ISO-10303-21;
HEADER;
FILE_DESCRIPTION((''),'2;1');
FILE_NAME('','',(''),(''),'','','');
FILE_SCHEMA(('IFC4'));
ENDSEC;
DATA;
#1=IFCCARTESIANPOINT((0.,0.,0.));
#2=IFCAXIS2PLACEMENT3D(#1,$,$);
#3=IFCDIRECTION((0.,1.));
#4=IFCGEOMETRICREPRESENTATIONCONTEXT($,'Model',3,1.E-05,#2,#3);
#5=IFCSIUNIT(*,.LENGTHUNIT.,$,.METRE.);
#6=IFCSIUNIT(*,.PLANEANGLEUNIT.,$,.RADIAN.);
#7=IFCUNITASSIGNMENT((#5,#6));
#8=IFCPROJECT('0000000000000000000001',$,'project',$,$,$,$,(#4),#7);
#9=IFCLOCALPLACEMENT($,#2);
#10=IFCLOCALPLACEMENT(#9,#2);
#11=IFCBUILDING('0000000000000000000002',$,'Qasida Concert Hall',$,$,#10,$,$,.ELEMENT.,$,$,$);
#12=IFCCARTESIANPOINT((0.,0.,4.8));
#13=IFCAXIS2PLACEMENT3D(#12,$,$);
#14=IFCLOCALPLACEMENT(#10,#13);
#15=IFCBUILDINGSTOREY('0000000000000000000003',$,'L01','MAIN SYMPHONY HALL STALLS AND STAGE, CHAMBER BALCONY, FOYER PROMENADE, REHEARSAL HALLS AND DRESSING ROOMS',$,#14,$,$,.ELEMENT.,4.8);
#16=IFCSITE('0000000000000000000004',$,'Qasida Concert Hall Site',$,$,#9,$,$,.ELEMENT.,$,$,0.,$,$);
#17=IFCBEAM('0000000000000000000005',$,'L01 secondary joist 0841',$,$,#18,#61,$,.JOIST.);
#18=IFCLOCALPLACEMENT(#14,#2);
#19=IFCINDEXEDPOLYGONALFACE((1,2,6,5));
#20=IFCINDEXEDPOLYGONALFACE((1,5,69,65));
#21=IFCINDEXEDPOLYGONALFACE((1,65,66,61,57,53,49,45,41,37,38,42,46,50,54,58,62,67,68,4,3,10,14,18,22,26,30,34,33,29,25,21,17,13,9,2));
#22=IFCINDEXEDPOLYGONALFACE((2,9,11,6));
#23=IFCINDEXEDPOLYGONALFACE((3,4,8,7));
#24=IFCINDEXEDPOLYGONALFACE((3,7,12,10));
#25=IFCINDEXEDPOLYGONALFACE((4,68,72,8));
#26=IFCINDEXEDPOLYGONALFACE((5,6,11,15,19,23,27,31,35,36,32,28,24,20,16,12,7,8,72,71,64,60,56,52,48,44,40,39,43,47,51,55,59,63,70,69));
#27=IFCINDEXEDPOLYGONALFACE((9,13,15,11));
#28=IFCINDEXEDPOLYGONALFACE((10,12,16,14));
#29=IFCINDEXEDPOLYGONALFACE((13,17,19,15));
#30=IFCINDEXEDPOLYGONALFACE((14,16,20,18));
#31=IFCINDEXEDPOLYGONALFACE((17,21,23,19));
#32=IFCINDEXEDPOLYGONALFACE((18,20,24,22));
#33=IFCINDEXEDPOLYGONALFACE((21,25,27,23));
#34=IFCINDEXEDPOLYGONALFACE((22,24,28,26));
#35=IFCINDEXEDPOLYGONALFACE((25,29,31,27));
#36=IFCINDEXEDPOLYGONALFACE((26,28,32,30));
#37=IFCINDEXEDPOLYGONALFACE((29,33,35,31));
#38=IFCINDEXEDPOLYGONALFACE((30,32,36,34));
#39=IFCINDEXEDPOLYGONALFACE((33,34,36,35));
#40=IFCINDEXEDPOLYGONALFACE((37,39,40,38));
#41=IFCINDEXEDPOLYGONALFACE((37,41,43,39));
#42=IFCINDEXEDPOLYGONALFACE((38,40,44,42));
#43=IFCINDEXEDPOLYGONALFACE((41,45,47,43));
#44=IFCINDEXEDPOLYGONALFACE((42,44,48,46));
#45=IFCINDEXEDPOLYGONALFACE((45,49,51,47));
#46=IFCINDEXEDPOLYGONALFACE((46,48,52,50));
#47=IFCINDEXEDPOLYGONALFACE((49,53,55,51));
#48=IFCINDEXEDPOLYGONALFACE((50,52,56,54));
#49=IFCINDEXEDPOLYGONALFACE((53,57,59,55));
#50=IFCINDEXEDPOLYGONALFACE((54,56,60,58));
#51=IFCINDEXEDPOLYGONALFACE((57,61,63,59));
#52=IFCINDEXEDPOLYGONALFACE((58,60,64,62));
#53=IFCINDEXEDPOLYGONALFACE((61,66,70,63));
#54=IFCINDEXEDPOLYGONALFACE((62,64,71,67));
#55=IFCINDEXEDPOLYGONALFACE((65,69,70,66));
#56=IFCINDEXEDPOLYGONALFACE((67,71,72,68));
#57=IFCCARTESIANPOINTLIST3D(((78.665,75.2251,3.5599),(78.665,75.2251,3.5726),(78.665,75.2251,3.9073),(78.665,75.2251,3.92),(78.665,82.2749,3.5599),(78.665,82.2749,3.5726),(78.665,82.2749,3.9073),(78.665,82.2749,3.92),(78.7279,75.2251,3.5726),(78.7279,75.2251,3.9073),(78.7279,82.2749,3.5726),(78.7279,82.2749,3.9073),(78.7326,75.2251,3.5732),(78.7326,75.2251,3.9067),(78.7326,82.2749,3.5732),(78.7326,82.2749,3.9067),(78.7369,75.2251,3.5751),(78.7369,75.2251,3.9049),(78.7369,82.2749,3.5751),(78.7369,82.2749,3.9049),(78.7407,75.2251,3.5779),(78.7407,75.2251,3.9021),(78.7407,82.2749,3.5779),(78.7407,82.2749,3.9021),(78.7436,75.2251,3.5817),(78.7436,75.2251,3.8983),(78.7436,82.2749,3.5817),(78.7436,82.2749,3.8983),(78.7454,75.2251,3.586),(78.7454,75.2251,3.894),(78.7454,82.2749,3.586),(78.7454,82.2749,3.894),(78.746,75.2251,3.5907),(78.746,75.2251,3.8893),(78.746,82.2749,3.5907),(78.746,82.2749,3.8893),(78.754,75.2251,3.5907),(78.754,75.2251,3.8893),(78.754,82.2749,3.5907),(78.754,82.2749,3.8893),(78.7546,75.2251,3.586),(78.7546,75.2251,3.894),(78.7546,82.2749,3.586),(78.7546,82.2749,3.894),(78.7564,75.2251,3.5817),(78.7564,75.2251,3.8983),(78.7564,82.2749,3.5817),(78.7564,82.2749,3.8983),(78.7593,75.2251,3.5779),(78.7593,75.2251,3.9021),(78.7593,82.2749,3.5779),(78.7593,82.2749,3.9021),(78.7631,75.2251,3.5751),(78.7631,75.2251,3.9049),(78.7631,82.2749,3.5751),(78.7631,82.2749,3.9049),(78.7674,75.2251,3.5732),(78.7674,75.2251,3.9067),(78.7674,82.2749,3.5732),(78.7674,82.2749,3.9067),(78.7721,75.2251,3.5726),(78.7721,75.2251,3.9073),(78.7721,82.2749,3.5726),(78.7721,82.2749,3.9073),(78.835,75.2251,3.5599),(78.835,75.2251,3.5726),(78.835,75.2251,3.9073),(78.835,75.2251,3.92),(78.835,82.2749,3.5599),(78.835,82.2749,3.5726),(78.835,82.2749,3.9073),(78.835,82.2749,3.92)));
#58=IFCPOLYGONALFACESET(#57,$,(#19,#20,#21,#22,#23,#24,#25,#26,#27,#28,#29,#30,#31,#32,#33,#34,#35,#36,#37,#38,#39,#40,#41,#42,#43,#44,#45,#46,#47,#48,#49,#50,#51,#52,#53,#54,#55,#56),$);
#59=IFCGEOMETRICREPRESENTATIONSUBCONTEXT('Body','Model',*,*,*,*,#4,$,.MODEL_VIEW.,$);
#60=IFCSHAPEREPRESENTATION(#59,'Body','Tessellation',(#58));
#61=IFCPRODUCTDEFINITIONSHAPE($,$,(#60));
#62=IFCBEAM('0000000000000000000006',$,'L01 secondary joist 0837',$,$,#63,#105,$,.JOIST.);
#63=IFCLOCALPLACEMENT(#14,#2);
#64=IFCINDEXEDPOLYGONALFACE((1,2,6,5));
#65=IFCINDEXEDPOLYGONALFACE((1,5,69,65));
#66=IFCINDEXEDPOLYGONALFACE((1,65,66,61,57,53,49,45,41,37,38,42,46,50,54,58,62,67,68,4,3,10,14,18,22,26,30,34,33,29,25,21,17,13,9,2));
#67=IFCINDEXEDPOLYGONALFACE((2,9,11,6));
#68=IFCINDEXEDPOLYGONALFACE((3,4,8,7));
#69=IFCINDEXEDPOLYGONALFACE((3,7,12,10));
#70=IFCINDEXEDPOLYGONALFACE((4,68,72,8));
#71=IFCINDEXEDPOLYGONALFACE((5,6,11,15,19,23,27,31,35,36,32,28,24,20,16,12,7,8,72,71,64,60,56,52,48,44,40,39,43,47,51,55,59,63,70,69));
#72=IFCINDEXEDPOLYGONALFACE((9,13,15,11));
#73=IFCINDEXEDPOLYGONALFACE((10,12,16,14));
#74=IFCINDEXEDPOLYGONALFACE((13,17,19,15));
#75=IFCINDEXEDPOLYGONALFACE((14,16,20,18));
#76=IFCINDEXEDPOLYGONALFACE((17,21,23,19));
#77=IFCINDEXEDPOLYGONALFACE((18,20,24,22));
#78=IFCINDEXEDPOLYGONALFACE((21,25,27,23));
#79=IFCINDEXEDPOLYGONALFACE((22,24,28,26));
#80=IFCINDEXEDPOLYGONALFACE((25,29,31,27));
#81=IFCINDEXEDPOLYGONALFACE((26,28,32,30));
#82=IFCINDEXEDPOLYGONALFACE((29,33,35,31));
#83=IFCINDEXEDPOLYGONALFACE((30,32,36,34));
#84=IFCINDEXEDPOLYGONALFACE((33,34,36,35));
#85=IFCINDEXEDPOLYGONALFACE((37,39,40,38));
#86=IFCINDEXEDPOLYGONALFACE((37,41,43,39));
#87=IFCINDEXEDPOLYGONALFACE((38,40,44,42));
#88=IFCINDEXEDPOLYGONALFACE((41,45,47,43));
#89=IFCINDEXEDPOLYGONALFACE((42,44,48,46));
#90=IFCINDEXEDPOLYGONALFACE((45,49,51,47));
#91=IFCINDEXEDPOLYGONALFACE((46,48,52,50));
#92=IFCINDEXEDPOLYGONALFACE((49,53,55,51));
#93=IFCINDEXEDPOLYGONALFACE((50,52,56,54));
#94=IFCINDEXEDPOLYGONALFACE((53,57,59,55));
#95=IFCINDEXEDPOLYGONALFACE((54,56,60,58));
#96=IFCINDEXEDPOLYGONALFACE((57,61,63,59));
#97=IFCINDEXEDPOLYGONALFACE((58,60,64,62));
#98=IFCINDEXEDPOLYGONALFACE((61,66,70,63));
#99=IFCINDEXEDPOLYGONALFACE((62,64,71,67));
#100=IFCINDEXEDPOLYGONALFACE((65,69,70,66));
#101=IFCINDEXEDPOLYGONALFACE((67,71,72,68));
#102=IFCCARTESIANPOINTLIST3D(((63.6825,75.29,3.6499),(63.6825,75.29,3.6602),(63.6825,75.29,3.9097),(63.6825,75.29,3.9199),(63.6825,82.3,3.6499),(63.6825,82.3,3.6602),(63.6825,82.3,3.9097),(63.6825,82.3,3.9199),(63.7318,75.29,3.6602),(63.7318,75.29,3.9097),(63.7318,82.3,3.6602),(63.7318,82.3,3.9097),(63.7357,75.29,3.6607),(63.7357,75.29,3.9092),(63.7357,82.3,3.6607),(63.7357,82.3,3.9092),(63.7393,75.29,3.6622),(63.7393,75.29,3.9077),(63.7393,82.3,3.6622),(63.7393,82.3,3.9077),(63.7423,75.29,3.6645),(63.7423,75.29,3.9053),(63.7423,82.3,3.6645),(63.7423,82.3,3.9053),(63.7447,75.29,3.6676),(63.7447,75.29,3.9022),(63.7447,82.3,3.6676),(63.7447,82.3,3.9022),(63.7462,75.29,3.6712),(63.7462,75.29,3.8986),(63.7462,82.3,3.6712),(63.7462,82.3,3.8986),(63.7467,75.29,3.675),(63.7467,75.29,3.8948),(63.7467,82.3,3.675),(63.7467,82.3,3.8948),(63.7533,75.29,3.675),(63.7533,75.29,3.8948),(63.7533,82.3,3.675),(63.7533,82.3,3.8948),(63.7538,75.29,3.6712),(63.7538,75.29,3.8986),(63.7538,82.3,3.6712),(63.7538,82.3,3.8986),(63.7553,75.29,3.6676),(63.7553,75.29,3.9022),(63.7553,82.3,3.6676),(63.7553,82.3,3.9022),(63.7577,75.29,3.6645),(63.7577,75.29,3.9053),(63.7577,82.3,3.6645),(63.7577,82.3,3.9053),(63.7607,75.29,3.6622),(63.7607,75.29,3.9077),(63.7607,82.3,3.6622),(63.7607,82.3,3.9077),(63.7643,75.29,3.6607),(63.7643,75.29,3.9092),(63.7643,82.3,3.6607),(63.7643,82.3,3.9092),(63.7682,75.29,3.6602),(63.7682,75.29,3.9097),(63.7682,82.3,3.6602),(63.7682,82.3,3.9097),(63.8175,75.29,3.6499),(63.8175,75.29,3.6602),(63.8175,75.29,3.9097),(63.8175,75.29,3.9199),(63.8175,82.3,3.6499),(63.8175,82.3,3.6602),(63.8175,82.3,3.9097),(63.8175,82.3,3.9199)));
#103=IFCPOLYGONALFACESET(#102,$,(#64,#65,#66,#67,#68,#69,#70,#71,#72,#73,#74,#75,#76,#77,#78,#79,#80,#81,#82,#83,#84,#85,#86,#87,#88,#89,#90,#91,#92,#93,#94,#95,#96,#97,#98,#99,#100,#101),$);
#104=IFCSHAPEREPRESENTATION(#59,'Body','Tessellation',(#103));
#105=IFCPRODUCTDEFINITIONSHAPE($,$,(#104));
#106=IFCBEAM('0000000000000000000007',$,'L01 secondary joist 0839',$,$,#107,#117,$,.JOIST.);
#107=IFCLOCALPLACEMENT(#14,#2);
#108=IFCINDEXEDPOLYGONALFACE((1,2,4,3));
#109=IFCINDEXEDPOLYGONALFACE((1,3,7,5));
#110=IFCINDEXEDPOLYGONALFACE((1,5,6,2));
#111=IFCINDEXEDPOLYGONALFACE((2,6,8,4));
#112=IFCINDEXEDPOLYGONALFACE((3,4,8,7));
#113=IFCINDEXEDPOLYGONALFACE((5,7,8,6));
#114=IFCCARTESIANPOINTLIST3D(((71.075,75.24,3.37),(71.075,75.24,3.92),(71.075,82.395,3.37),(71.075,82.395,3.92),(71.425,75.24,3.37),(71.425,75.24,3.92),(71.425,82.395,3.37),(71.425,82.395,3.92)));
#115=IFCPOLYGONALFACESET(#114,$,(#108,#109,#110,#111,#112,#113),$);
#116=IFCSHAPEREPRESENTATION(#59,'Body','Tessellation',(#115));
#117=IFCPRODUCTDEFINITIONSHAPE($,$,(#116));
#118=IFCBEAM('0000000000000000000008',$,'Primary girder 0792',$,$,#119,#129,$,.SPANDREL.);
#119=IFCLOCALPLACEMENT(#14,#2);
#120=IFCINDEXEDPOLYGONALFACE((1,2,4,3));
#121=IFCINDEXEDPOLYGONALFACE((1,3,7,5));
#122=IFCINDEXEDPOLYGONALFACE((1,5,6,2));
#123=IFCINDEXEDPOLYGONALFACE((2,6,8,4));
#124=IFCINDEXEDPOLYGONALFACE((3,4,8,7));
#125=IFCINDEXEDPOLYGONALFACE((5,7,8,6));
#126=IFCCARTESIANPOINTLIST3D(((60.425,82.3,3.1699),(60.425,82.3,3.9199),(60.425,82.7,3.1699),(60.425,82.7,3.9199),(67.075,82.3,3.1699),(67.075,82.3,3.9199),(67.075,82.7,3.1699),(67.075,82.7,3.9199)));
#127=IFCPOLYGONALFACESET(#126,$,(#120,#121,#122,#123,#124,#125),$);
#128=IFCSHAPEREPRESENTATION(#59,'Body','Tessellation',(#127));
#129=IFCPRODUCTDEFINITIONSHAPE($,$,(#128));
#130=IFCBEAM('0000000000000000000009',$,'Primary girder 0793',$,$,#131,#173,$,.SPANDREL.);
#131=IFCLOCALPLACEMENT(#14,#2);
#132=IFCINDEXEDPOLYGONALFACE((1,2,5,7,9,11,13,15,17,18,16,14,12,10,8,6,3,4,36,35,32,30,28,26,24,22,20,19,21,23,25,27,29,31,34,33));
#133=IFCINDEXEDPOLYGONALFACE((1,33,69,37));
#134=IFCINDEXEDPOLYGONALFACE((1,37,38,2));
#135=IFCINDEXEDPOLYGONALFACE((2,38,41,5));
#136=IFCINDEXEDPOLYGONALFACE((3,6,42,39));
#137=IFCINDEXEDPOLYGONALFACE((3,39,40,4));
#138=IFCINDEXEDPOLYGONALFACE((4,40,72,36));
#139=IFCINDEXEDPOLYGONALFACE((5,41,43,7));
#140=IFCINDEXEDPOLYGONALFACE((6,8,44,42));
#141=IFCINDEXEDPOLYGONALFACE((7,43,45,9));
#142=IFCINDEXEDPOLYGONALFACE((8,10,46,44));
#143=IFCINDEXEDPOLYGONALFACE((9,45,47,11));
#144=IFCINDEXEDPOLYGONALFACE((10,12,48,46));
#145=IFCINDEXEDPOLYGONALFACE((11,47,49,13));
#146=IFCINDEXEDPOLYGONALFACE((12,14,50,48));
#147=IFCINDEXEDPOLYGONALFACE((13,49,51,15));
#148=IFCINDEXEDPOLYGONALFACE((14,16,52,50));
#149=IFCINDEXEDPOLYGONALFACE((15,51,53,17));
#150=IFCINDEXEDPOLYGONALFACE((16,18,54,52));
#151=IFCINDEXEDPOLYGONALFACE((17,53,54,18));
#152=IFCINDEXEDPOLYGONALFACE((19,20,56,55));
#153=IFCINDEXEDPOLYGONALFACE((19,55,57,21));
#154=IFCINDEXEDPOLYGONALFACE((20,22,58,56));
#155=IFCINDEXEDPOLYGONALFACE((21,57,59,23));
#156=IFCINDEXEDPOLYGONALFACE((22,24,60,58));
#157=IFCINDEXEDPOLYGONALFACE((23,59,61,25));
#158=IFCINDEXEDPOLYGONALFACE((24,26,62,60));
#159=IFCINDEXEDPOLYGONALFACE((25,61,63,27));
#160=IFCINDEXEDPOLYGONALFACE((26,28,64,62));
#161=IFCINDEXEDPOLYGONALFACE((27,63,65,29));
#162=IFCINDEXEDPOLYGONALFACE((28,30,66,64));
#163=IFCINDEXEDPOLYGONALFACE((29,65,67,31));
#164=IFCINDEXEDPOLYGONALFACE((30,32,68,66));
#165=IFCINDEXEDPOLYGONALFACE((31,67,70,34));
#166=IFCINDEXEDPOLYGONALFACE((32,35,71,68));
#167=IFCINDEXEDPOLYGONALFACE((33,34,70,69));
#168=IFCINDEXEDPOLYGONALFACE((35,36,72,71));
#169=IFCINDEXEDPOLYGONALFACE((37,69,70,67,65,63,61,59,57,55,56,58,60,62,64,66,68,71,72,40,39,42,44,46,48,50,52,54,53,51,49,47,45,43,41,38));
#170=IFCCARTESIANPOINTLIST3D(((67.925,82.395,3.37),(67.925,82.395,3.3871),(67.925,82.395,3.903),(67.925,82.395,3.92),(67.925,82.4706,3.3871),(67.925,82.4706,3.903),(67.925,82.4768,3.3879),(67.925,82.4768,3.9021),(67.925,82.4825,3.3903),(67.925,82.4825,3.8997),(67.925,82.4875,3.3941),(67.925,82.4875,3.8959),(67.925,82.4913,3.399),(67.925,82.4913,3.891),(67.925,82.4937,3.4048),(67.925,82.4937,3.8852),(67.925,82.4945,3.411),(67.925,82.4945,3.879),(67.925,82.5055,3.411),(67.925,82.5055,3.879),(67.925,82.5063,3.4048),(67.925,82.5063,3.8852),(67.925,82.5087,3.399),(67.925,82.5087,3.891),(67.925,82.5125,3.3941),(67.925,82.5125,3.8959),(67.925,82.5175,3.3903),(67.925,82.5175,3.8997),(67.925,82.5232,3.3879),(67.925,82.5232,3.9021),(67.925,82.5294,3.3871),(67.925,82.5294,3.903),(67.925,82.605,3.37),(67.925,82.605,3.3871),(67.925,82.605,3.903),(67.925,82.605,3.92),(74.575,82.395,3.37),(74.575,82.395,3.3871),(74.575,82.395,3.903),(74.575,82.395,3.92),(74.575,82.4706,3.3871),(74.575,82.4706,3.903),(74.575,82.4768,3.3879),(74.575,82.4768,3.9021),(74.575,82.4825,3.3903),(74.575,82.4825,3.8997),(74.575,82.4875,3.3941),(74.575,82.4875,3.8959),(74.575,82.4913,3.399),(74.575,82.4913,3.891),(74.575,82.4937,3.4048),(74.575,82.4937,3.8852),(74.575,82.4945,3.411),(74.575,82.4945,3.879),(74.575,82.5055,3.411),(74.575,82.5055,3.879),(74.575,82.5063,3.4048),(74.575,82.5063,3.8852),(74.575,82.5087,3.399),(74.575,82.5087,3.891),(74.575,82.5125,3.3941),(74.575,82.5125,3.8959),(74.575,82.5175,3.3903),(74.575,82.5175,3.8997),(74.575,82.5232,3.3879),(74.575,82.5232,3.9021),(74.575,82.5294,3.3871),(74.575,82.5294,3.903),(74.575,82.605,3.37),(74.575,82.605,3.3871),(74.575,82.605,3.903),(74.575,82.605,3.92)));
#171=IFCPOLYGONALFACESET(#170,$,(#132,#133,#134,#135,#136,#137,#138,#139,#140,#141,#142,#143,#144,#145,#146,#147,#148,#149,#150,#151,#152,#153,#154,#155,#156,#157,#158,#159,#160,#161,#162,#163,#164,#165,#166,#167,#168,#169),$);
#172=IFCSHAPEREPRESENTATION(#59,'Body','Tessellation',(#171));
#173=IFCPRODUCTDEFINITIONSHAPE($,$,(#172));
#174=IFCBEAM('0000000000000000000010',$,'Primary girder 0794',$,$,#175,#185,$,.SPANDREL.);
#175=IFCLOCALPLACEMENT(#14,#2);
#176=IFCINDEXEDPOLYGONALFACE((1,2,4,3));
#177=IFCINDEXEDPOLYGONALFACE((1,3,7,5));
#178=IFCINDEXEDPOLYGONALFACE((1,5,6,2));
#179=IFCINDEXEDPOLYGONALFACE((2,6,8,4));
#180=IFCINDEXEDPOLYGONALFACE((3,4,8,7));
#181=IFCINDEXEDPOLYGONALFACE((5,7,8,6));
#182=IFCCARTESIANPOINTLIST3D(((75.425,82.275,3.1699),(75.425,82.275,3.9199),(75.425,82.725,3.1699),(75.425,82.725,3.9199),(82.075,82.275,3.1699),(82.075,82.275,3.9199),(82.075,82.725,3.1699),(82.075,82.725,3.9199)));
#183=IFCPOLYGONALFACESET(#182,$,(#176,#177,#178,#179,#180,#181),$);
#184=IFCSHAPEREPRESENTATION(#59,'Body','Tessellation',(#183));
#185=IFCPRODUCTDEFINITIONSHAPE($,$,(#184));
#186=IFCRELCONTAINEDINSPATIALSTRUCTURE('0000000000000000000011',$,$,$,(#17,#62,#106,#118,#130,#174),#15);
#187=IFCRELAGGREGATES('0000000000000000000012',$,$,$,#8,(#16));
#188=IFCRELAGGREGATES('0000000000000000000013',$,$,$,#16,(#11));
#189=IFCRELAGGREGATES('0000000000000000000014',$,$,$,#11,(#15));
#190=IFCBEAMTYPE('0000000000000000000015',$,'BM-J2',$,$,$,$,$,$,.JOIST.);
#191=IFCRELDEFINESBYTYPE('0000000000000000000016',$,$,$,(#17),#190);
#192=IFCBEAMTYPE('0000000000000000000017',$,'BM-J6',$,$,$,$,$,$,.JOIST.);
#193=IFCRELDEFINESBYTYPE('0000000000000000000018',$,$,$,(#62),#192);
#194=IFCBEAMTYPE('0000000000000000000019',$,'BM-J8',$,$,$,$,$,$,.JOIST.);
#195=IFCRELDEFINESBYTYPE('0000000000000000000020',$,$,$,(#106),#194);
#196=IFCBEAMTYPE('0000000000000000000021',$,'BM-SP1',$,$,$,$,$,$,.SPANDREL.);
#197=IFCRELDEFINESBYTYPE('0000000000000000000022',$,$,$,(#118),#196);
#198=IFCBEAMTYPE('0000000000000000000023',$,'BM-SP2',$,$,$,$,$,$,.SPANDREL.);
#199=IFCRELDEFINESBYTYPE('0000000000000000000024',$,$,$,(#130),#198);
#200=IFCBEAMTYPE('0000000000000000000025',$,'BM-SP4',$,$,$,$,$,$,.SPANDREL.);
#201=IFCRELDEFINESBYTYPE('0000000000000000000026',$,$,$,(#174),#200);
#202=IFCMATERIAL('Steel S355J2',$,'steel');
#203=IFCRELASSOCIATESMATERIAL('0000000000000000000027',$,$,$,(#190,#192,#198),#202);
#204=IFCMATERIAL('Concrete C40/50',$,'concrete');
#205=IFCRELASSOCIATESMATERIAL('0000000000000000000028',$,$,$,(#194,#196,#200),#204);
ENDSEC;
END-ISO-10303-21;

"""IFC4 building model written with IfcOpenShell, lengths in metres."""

from ifc_helpers import new_model, si_unit, direction, frame, origin, origin_2d, place, context, subcontext, project, spatial, rectangle, i_section, extrude, material, material_profile, profile_set, type_object, element, save


model = new_model("IFC4")

# Units and contexts
model_context = context("Model", 3, precision=1e-05, world=origin(), true_north=direction((0.0, 1.0)))
body_context = subcontext(model_context, "Body", "Model", "MODEL_VIEW")
ifc_project = project(units=[si_unit("LENGTHUNIT", "METRE"), si_unit("PLANEANGLEUNIT", "RADIAN")], contexts=[model_context])

# Site, building, storey
site_placement = place(None, origin())
site = spatial("IfcSite", under=ifc_project, at=site_placement, Name="Qasida Concert Hall Site", CompositionType="ELEMENT", RefElevation=0.0)
building_placement = place(site_placement, origin())
building = spatial("IfcBuilding", under=site, at=building_placement, Name="Qasida Concert Hall", CompositionType="ELEMENT")
storey_placement = place(building_placement, frame((0.0, 0.0, 4.8)))
storey = spatial("IfcBuildingStorey", under=building, at=storey_placement, Name="L01", Description="MAIN SYMPHONY HALL STALLS AND STAGE, CHAMBER BALCONY, FOYER PROMENADE, REHEARSAL HALLS AND DRESSING ROOMS", CompositionType="ELEMENT", Elevation=4.8)

# Beams
ifc_material_1 = material(Name="Concrete C40/50", Category="concrete")
ifc_material_2 = material(Name="Steel S355J2", Category="steel")
ifc_material_profile_1 = material_profile(ifc_material_2, i_section(OverallWidth=0.1699, OverallDepth=0.3601, WebThickness=0.0081, FlangeThickness=0.0127, FilletRadius=0.0181, at=origin_2d()), Name="IPE 360")
ifc_profile_set_1 = profile_set([ifc_material_profile_1], Name="Steel S355J2")
beam_type_1 = type_object("IfcBeamType", Name="BM-J2", PredefinedType="JOIST", material=ifc_profile_set_1)
beam_1_placement = place(storey_placement, frame((78.75, 75.2251, 3.74), z_axis=(0.0, 1.0, 0.0), x_axis=(-1.0, 0.0, 0.0)))
element("IfcBeam", 1, at=beam_1_placement, inside=storey, type_object=beam_type_1, Name="L01 secondary joist 0841", PredefinedType="JOIST", context=body_context, shape_type="SweptSolid", body=[
    extrude(i_section(OverallWidth=0.1699, OverallDepth=0.3601, WebThickness=0.0081, FlangeThickness=0.0127, FilletRadius=0.0181, at=origin_2d()), origin(), (0.0, 0.0, 1.0), 7.0498),
])
ifc_material_profile_2 = material_profile(ifc_material_2, i_section(OverallWidth=0.135, OverallDepth=0.27, WebThickness=0.0066, FlangeThickness=0.0103, FilletRadius=0.0149, at=origin_2d()), Name="IPE 270")
ifc_profile_set_2 = profile_set([ifc_material_profile_2], Name="Steel S355J2")
beam_type_2 = type_object("IfcBeamType", Name="BM-J6", PredefinedType="JOIST", material=ifc_profile_set_2)
beam_2_placement = place(storey_placement, frame((63.75, 75.29, 3.7849), z_axis=(0.0, 1.0, 0.0), x_axis=(-1.0, 0.0, 0.0)))
element("IfcBeam", 2, at=beam_2_placement, inside=storey, type_object=beam_type_2, Name="L01 secondary joist 0837", PredefinedType="JOIST", context=body_context, shape_type="SweptSolid", body=[
    extrude(i_section(OverallWidth=0.135, OverallDepth=0.27, WebThickness=0.0066, FlangeThickness=0.0103, FilletRadius=0.0149, at=origin_2d()), origin(), (0.0, 0.0, 1.0), 7.01),
])
ifc_material_profile_3 = material_profile(ifc_material_1, rectangle(XDim=0.3501, YDim=0.55, at=origin_2d()), Name="RC 350x550")
ifc_profile_set_3 = profile_set([ifc_material_profile_3], Name="Concrete C40/50")
beam_type_3 = type_object("IfcBeamType", Name="BM-J8", PredefinedType="JOIST", material=ifc_profile_set_3)
beam_3_placement = place(storey_placement, frame((71.25, 75.24, 3.645), z_axis=(0.0, 1.0, 0.0), x_axis=(-1.0, 0.0, 0.0)))
element("IfcBeam", 3, at=beam_3_placement, inside=storey, type_object=beam_type_3, Name="L01 secondary joist 0839", PredefinedType="JOIST", context=body_context, shape_type="SweptSolid", body=[
    extrude(rectangle(XDim=0.3501, YDim=0.55, at=origin_2d()), origin(), (0.0, 0.0, 1.0), 7.155),
])
ifc_material_profile_4 = material_profile(ifc_material_1, rectangle(XDim=0.3999, YDim=0.75, at=origin_2d()), Name="RC 400x750")
ifc_profile_set_4 = profile_set([ifc_material_profile_4], Name="Concrete C40/50")
beam_type_4 = type_object("IfcBeamType", Name="BM-SP1", PredefinedType="SPANDREL", material=ifc_profile_set_4)
beam_4_placement = place(storey_placement, frame((60.425, 82.5, 3.5449), z_axis=(1.0, 0.0, 0.0), x_axis=(0.0, 1.0, 0.0)))
element("IfcBeam", 4, at=beam_4_placement, inside=storey, type_object=beam_type_4, Name="Primary girder 0792", PredefinedType="SPANDREL", context=body_context, shape_type="SweptSolid", body=[
    extrude(rectangle(XDim=0.3999, YDim=0.75, at=origin_2d()), origin(), (0.0, 0.0, 1.0), 6.6499),
])
ifc_material_profile_5 = material_profile(ifc_material_2, i_section(OverallWidth=0.21, OverallDepth=0.55, WebThickness=0.011, FlangeThickness=0.0171, FilletRadius=0.0239, at=origin_2d()), Name="IPE 550")
ifc_profile_set_5 = profile_set([ifc_material_profile_5], Name="Steel S355J2")
beam_type_5 = type_object("IfcBeamType", Name="BM-SP2", PredefinedType="SPANDREL", material=ifc_profile_set_5)
beam_5_placement = place(storey_placement, frame((67.925, 82.5, 3.645), z_axis=(1.0, 0.0, 0.0), x_axis=(0.0, 1.0, 0.0)))
element("IfcBeam", 5, at=beam_5_placement, inside=storey, type_object=beam_type_5, Name="Primary girder 0793", PredefinedType="SPANDREL", context=body_context, shape_type="SweptSolid", body=[
    extrude(i_section(OverallWidth=0.21, OverallDepth=0.55, WebThickness=0.011, FlangeThickness=0.0171, FilletRadius=0.0239, at=origin_2d()), origin(), (0.0, 0.0, 1.0), 6.6499),
])
ifc_material_profile_6 = material_profile(ifc_material_1, rectangle(XDim=0.45, YDim=0.75, at=origin_2d()), Name="RC 450x750")
ifc_profile_set_6 = profile_set([ifc_material_profile_6], Name="Concrete C40/50")
beam_type_6 = type_object("IfcBeamType", Name="BM-SP4", PredefinedType="SPANDREL", material=ifc_profile_set_6)
beam_6_placement = place(storey_placement, frame((75.425, 82.5, 3.5449), z_axis=(1.0, 0.0, 0.0), x_axis=(0.0, 1.0, 0.0)))
element("IfcBeam", 6, at=beam_6_placement, inside=storey, type_object=beam_type_6, Name="Primary girder 0794", PredefinedType="SPANDREL", context=body_context, shape_type="SweptSolid", body=[
    extrude(rectangle(XDim=0.45, YDim=0.75, at=origin_2d()), origin(), (0.0, 0.0, 1.0), 6.6499),
])

save(model, "model.ifc")
